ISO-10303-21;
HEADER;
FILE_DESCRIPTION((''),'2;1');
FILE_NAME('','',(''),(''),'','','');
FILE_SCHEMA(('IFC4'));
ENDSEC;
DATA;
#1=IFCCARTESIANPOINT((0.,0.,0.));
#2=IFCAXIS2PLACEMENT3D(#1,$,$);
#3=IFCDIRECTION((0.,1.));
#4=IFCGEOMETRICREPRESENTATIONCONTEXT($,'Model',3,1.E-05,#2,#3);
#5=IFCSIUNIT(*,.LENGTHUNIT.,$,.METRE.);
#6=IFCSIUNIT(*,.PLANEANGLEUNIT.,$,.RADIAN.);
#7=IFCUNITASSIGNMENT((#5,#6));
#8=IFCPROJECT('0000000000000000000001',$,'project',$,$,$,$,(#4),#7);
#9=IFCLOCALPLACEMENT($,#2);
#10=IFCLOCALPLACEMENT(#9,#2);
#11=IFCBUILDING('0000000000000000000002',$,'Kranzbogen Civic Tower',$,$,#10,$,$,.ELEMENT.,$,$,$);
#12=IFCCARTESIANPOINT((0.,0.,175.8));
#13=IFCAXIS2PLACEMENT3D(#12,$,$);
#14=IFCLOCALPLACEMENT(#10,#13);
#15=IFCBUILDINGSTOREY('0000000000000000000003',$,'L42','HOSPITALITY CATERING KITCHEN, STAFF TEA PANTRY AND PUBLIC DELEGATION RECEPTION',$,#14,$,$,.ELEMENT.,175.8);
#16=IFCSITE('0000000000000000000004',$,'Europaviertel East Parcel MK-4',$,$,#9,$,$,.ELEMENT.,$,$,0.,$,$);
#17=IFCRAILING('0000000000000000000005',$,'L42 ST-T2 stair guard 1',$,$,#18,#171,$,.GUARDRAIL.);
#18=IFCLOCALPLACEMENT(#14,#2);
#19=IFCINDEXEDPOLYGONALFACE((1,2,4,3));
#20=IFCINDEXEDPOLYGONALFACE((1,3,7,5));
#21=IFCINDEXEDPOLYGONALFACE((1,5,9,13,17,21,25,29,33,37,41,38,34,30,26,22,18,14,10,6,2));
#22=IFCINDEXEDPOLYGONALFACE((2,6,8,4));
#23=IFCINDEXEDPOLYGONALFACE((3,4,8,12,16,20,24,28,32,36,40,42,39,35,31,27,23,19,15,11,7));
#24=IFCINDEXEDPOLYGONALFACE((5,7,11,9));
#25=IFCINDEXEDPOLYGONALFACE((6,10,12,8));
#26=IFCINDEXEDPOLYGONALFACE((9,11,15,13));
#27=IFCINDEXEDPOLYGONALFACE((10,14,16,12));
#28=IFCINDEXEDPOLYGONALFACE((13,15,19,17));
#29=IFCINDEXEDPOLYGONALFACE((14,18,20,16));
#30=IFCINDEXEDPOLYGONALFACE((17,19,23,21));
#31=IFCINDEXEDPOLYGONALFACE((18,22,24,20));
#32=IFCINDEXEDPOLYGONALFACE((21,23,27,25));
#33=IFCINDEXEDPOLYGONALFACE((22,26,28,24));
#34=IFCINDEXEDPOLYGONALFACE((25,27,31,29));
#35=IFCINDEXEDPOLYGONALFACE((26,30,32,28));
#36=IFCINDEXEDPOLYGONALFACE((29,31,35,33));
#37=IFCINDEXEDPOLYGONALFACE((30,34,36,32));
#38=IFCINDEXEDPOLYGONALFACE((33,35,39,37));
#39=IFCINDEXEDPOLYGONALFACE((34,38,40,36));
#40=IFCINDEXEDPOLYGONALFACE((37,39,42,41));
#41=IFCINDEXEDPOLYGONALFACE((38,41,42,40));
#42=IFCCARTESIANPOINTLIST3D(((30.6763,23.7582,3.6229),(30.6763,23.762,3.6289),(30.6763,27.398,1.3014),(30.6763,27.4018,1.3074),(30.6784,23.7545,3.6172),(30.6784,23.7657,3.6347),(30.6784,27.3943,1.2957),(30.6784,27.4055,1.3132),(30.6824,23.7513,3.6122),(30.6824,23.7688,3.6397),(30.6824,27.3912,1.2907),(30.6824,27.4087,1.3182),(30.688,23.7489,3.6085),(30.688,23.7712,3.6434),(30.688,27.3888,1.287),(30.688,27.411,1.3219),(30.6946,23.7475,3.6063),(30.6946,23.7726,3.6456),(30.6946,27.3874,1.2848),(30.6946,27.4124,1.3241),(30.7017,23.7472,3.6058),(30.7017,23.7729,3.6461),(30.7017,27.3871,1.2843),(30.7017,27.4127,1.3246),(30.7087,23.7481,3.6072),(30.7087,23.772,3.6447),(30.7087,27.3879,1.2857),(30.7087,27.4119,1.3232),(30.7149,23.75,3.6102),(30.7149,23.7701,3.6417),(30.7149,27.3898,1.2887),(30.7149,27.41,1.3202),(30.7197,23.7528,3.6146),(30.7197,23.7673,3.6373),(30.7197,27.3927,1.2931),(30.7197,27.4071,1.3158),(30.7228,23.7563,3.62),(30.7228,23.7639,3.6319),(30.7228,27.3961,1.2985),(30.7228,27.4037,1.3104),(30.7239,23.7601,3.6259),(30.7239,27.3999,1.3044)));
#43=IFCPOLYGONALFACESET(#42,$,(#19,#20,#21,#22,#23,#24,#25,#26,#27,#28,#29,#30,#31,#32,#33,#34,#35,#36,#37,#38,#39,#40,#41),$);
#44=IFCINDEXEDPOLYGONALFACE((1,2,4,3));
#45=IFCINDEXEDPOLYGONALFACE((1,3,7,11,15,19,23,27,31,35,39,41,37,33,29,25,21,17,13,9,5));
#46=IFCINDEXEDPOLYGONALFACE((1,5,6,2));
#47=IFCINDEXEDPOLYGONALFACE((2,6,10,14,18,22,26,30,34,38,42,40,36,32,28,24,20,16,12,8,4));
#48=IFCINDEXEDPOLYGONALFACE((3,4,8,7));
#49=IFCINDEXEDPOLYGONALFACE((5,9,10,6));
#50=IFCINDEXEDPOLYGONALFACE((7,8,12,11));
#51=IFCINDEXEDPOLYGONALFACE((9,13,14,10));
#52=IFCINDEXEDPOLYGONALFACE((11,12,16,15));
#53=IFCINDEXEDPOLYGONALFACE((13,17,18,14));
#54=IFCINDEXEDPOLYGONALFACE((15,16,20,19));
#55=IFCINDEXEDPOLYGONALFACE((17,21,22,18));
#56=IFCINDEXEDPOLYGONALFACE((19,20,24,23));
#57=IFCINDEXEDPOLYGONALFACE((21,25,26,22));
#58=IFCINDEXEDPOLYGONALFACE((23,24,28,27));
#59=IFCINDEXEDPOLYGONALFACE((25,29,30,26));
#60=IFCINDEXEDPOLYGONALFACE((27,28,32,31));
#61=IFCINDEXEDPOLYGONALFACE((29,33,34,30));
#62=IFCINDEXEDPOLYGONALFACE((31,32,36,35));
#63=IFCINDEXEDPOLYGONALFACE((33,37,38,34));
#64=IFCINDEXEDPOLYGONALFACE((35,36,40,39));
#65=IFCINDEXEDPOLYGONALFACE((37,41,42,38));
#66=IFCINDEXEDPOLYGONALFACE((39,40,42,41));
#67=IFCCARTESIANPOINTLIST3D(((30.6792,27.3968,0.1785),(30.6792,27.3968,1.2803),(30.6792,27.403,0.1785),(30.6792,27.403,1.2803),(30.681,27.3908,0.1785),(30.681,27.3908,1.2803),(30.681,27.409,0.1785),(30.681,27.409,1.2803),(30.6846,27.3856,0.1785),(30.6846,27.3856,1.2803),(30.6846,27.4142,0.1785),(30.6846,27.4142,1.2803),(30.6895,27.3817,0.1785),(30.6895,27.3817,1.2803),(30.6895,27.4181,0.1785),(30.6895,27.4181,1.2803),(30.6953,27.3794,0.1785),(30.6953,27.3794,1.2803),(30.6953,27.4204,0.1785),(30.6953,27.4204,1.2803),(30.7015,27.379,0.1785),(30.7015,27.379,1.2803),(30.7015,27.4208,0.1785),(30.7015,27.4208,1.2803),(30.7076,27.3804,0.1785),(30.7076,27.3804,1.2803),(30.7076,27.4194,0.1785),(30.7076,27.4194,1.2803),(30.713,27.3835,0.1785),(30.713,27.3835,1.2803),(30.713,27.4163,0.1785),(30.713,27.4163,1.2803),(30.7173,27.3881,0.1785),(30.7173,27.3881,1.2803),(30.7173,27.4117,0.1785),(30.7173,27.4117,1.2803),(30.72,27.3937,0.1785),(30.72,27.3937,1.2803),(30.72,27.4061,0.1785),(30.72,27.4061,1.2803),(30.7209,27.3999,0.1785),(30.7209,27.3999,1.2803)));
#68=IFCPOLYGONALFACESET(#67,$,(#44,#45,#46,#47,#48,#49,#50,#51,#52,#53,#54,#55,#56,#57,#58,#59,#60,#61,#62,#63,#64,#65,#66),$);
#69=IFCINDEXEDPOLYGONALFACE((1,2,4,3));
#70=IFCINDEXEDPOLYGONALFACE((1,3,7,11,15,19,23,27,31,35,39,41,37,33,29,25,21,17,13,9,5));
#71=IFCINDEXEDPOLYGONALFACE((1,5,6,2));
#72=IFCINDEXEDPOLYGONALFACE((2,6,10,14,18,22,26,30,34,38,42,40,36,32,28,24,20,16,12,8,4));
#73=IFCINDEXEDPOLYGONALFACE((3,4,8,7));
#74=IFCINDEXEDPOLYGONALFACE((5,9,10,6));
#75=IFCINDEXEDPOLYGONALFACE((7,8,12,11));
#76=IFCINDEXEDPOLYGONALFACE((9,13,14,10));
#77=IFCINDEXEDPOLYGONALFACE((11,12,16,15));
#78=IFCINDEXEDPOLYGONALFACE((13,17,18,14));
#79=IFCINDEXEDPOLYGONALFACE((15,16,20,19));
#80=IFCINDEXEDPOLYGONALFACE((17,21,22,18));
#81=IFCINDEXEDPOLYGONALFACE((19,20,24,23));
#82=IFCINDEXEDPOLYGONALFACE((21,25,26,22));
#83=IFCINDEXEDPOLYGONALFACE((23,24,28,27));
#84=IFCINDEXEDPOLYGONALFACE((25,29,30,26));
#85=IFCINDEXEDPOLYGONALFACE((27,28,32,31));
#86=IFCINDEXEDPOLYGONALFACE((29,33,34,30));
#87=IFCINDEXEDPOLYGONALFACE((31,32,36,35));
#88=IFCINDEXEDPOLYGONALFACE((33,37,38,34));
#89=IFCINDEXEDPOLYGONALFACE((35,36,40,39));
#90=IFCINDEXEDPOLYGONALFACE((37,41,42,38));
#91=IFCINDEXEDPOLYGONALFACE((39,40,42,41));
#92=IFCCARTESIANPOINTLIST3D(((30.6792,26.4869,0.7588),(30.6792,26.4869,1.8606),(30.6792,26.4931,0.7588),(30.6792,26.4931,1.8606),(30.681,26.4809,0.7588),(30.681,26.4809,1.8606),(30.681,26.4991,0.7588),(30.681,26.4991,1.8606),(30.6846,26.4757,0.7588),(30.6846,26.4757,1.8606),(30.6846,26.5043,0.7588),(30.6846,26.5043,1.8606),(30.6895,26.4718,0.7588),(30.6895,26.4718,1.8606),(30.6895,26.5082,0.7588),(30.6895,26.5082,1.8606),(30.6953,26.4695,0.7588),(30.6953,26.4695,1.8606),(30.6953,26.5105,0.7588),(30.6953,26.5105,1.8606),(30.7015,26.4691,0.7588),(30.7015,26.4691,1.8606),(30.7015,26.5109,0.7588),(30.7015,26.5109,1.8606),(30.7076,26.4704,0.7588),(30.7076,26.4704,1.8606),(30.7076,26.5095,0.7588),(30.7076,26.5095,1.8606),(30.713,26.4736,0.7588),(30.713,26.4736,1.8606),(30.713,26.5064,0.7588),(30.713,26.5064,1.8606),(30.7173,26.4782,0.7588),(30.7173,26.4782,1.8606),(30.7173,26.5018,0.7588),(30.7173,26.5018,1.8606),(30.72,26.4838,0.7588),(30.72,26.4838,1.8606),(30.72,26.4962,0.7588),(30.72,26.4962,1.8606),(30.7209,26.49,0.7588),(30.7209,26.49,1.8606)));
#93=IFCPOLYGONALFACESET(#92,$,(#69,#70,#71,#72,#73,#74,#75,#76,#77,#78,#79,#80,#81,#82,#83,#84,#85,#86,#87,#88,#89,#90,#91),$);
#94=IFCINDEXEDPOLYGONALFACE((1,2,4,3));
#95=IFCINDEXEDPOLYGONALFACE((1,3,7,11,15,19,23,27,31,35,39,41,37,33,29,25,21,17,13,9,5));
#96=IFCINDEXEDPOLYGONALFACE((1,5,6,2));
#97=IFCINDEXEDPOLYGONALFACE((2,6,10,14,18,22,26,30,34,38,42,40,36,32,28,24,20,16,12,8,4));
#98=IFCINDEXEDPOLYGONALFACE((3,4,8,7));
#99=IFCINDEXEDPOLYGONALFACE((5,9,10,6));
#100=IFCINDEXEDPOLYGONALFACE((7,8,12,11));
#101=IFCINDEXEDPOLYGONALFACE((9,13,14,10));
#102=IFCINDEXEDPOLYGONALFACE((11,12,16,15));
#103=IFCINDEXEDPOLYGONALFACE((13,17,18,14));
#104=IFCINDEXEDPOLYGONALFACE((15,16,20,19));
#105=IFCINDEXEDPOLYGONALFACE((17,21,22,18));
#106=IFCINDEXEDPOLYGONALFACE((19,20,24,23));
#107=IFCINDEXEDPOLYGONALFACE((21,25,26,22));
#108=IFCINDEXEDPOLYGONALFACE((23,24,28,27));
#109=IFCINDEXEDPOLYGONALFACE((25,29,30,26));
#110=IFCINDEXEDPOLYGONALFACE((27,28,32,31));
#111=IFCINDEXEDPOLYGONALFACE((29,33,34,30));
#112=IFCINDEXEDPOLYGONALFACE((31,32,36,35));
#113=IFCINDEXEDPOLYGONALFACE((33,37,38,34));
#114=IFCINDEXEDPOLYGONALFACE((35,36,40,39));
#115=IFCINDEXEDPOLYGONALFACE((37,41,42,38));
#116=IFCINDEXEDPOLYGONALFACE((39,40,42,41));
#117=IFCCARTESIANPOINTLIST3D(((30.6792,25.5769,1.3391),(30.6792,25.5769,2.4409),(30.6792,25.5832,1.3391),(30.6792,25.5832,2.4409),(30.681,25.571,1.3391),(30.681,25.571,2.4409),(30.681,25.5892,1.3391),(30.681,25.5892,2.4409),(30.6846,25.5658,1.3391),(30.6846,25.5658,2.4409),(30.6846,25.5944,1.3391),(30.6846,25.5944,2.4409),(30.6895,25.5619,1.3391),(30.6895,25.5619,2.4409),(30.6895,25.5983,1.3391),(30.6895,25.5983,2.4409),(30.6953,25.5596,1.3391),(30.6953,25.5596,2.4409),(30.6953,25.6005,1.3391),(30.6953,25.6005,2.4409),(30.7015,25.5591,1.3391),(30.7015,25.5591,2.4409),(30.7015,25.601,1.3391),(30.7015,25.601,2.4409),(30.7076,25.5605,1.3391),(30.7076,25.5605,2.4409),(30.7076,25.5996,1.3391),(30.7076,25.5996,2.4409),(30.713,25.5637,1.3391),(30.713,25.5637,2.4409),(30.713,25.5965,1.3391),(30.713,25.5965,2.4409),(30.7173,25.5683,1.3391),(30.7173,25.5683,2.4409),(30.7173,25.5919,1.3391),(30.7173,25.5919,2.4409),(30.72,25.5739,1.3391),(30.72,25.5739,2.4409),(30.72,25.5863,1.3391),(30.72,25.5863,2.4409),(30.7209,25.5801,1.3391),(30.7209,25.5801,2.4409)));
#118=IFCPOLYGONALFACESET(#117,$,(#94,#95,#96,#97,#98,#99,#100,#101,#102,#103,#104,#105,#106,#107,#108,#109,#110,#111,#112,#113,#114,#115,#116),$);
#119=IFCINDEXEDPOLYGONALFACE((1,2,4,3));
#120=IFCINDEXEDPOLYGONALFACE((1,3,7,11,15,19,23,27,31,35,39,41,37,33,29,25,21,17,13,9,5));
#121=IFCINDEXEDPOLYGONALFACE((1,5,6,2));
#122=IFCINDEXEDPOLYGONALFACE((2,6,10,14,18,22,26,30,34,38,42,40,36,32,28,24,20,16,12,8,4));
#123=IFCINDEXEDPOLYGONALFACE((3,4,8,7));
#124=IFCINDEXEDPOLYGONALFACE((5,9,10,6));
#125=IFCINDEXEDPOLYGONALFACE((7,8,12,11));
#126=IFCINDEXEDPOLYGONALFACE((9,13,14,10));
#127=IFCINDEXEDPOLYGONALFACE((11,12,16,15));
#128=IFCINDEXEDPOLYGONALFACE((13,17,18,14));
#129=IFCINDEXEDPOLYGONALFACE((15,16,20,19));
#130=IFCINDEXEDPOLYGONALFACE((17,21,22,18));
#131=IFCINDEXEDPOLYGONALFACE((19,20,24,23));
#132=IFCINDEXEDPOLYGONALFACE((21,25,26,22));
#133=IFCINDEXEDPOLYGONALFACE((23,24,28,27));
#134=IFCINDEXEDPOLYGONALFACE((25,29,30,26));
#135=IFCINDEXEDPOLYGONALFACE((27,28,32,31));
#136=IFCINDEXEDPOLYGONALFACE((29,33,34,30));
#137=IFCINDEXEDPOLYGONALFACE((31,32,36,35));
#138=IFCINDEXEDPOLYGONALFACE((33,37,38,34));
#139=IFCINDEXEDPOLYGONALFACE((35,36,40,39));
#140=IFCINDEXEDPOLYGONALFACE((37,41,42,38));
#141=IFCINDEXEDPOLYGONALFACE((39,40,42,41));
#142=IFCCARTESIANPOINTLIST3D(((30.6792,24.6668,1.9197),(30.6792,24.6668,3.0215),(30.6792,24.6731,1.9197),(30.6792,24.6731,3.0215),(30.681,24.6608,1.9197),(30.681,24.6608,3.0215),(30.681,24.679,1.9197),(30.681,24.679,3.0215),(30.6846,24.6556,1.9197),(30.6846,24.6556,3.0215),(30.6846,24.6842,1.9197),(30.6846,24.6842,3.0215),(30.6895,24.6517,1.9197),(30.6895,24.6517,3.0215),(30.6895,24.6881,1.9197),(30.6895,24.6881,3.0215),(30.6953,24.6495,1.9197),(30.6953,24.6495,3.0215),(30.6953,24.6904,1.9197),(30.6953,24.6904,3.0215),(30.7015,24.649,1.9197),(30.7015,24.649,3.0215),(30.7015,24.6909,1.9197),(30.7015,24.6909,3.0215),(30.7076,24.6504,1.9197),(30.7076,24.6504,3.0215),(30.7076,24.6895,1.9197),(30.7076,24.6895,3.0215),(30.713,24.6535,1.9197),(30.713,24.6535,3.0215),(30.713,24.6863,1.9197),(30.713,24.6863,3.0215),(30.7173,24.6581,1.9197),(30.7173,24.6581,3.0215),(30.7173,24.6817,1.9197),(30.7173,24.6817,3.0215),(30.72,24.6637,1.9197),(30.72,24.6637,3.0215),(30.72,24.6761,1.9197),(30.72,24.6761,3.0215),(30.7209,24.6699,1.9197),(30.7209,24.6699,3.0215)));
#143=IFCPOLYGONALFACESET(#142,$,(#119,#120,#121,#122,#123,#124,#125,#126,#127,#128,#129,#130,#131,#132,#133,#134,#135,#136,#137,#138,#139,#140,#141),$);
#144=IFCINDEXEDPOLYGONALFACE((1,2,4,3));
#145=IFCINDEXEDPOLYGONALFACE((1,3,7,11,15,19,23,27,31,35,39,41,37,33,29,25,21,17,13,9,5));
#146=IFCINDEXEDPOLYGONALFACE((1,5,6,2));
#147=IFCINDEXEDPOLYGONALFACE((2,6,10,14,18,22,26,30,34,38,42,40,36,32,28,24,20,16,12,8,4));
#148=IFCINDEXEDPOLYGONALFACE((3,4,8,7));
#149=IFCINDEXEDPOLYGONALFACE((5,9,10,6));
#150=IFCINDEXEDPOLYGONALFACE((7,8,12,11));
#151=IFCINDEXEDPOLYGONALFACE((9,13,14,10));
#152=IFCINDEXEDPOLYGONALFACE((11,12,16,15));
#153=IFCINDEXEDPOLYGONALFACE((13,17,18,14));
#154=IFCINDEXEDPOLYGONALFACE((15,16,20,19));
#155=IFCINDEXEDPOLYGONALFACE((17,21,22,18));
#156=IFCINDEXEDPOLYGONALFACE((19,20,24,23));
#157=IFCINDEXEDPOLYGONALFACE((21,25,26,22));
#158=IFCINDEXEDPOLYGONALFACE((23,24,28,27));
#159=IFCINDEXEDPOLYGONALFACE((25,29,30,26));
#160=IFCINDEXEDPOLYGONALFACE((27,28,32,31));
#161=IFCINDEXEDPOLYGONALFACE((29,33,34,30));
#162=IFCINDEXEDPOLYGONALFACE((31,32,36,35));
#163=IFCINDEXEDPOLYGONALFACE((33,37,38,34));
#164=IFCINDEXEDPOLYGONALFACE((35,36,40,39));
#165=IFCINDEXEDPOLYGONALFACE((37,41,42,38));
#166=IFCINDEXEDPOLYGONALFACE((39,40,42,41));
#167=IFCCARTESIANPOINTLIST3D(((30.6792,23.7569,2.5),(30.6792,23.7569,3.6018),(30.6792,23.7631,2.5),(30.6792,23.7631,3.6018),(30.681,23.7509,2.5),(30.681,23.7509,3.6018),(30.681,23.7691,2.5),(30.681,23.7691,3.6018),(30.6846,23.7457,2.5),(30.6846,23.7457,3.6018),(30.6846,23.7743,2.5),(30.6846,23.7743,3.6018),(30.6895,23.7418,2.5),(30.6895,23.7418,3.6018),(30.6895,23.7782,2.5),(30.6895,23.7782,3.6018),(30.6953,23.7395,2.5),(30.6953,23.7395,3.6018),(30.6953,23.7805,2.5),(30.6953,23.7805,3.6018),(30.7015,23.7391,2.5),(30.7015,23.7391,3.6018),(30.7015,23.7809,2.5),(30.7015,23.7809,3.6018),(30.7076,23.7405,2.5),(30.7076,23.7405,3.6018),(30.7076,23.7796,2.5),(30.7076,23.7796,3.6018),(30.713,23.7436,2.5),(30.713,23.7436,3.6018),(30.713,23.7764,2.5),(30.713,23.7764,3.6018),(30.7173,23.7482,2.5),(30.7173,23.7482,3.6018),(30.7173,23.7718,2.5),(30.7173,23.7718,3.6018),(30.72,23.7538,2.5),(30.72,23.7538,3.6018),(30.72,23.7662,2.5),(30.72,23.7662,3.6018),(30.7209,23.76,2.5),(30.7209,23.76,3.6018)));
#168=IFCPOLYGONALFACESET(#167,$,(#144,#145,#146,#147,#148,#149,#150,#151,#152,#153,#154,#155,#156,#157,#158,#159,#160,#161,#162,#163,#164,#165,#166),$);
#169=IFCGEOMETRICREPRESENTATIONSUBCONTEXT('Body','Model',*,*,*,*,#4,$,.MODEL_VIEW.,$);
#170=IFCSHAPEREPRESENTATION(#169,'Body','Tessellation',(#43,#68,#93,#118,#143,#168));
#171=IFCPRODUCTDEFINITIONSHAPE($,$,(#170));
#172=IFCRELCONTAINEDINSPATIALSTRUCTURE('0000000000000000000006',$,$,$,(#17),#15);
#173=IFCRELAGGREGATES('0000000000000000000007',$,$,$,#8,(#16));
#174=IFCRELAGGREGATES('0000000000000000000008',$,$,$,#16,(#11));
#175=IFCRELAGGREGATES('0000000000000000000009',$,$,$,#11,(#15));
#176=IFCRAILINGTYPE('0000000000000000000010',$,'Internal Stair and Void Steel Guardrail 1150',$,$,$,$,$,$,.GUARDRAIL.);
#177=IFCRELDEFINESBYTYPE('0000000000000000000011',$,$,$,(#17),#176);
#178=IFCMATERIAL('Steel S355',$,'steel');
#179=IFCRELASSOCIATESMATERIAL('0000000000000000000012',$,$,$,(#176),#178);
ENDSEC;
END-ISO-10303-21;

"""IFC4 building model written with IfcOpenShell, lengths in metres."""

from ifc_helpers import new_model, si_unit, direction, frame, origin, origin_2d, place, context, subcontext, project, spatial, circle, extrude, material, type_object, element, save


model = new_model("IFC4")

# Units and contexts
model_context = context("Model", 3, precision=1e-05, world=origin(), true_north=direction((0.0, 1.0)))
body_context = subcontext(model_context, "Body", "Model", "MODEL_VIEW")
ifc_project = project(units=[si_unit("LENGTHUNIT", "METRE"), si_unit("PLANEANGLEUNIT", "RADIAN")], contexts=[model_context])

# Site, building, storey
site_placement = place(None, origin())
site = spatial("IfcSite", under=ifc_project, at=site_placement, Name="Europaviertel East Parcel MK-4", CompositionType="ELEMENT", RefElevation=0.0)
building_placement = place(site_placement, origin())
building = spatial("IfcBuilding", under=site, at=building_placement, Name="Kranzbogen Civic Tower", CompositionType="ELEMENT")
storey_placement = place(building_placement, frame((0.0, 0.0, 175.8)))
storey = spatial("IfcBuildingStorey", under=building, at=storey_placement, Name="L42", Description="HOSPITALITY CATERING KITCHEN, STAFF TEA PANTRY AND PUBLIC DELEGATION RECEPTION", CompositionType="ELEMENT", Elevation=175.8)

# Shared definitions
ifc_material_1 = material(Name="Steel S355", Category="steel")

# Railing
railing_type_1 = type_object("IfcRailingType", Name="Internal Stair and Void Steel Guardrail 1150", PredefinedType="GUARDRAIL", material=ifc_material_1)
railing_1_placement = place(storey_placement, frame((30.7, 27.3999, 0.1785)))
element("IfcRailing", 1, at=railing_1_placement, inside=storey, type_object=railing_type_1, Name="L42 ST-T2 stair guard 1", PredefinedType="GUARDRAIL", context=body_context, shape_type="SweptSolid", body=[
    extrude(circle(Radius=0.0239, at=origin_2d()), frame((0.0, 0.0, 1.126), z_axis=(0.0, -0.843112, 0.537739), x_axis=(1.0, 0.0, 0.0)), (0.0, 0.0, 1.0), 4.3171),
    extrude(circle(Radius=0.021, at=origin_2d()), origin(), (0.0, 0.0, 1.0), 1.1018),
    extrude(circle(Radius=0.021, at=origin_2d()), frame((0.0, -0.9099, 0.5803)), (0.0, 0.0, 1.0), 1.1018),
    extrude(circle(Radius=0.021, at=origin_2d()), frame((0.0, -1.8198, 1.1606)), (0.0, 0.0, 1.0), 1.1018),
    extrude(circle(Radius=0.021, at=origin_2d()), frame((0.0, -2.73, 1.7412)), (0.0, 0.0, 1.0), 1.1018),
    extrude(circle(Radius=0.021, at=origin_2d()), frame((0.0, -3.6399, 2.3215)), (0.0, 0.0, 1.0), 1.1018),
])

save(model, "model.ifc")
